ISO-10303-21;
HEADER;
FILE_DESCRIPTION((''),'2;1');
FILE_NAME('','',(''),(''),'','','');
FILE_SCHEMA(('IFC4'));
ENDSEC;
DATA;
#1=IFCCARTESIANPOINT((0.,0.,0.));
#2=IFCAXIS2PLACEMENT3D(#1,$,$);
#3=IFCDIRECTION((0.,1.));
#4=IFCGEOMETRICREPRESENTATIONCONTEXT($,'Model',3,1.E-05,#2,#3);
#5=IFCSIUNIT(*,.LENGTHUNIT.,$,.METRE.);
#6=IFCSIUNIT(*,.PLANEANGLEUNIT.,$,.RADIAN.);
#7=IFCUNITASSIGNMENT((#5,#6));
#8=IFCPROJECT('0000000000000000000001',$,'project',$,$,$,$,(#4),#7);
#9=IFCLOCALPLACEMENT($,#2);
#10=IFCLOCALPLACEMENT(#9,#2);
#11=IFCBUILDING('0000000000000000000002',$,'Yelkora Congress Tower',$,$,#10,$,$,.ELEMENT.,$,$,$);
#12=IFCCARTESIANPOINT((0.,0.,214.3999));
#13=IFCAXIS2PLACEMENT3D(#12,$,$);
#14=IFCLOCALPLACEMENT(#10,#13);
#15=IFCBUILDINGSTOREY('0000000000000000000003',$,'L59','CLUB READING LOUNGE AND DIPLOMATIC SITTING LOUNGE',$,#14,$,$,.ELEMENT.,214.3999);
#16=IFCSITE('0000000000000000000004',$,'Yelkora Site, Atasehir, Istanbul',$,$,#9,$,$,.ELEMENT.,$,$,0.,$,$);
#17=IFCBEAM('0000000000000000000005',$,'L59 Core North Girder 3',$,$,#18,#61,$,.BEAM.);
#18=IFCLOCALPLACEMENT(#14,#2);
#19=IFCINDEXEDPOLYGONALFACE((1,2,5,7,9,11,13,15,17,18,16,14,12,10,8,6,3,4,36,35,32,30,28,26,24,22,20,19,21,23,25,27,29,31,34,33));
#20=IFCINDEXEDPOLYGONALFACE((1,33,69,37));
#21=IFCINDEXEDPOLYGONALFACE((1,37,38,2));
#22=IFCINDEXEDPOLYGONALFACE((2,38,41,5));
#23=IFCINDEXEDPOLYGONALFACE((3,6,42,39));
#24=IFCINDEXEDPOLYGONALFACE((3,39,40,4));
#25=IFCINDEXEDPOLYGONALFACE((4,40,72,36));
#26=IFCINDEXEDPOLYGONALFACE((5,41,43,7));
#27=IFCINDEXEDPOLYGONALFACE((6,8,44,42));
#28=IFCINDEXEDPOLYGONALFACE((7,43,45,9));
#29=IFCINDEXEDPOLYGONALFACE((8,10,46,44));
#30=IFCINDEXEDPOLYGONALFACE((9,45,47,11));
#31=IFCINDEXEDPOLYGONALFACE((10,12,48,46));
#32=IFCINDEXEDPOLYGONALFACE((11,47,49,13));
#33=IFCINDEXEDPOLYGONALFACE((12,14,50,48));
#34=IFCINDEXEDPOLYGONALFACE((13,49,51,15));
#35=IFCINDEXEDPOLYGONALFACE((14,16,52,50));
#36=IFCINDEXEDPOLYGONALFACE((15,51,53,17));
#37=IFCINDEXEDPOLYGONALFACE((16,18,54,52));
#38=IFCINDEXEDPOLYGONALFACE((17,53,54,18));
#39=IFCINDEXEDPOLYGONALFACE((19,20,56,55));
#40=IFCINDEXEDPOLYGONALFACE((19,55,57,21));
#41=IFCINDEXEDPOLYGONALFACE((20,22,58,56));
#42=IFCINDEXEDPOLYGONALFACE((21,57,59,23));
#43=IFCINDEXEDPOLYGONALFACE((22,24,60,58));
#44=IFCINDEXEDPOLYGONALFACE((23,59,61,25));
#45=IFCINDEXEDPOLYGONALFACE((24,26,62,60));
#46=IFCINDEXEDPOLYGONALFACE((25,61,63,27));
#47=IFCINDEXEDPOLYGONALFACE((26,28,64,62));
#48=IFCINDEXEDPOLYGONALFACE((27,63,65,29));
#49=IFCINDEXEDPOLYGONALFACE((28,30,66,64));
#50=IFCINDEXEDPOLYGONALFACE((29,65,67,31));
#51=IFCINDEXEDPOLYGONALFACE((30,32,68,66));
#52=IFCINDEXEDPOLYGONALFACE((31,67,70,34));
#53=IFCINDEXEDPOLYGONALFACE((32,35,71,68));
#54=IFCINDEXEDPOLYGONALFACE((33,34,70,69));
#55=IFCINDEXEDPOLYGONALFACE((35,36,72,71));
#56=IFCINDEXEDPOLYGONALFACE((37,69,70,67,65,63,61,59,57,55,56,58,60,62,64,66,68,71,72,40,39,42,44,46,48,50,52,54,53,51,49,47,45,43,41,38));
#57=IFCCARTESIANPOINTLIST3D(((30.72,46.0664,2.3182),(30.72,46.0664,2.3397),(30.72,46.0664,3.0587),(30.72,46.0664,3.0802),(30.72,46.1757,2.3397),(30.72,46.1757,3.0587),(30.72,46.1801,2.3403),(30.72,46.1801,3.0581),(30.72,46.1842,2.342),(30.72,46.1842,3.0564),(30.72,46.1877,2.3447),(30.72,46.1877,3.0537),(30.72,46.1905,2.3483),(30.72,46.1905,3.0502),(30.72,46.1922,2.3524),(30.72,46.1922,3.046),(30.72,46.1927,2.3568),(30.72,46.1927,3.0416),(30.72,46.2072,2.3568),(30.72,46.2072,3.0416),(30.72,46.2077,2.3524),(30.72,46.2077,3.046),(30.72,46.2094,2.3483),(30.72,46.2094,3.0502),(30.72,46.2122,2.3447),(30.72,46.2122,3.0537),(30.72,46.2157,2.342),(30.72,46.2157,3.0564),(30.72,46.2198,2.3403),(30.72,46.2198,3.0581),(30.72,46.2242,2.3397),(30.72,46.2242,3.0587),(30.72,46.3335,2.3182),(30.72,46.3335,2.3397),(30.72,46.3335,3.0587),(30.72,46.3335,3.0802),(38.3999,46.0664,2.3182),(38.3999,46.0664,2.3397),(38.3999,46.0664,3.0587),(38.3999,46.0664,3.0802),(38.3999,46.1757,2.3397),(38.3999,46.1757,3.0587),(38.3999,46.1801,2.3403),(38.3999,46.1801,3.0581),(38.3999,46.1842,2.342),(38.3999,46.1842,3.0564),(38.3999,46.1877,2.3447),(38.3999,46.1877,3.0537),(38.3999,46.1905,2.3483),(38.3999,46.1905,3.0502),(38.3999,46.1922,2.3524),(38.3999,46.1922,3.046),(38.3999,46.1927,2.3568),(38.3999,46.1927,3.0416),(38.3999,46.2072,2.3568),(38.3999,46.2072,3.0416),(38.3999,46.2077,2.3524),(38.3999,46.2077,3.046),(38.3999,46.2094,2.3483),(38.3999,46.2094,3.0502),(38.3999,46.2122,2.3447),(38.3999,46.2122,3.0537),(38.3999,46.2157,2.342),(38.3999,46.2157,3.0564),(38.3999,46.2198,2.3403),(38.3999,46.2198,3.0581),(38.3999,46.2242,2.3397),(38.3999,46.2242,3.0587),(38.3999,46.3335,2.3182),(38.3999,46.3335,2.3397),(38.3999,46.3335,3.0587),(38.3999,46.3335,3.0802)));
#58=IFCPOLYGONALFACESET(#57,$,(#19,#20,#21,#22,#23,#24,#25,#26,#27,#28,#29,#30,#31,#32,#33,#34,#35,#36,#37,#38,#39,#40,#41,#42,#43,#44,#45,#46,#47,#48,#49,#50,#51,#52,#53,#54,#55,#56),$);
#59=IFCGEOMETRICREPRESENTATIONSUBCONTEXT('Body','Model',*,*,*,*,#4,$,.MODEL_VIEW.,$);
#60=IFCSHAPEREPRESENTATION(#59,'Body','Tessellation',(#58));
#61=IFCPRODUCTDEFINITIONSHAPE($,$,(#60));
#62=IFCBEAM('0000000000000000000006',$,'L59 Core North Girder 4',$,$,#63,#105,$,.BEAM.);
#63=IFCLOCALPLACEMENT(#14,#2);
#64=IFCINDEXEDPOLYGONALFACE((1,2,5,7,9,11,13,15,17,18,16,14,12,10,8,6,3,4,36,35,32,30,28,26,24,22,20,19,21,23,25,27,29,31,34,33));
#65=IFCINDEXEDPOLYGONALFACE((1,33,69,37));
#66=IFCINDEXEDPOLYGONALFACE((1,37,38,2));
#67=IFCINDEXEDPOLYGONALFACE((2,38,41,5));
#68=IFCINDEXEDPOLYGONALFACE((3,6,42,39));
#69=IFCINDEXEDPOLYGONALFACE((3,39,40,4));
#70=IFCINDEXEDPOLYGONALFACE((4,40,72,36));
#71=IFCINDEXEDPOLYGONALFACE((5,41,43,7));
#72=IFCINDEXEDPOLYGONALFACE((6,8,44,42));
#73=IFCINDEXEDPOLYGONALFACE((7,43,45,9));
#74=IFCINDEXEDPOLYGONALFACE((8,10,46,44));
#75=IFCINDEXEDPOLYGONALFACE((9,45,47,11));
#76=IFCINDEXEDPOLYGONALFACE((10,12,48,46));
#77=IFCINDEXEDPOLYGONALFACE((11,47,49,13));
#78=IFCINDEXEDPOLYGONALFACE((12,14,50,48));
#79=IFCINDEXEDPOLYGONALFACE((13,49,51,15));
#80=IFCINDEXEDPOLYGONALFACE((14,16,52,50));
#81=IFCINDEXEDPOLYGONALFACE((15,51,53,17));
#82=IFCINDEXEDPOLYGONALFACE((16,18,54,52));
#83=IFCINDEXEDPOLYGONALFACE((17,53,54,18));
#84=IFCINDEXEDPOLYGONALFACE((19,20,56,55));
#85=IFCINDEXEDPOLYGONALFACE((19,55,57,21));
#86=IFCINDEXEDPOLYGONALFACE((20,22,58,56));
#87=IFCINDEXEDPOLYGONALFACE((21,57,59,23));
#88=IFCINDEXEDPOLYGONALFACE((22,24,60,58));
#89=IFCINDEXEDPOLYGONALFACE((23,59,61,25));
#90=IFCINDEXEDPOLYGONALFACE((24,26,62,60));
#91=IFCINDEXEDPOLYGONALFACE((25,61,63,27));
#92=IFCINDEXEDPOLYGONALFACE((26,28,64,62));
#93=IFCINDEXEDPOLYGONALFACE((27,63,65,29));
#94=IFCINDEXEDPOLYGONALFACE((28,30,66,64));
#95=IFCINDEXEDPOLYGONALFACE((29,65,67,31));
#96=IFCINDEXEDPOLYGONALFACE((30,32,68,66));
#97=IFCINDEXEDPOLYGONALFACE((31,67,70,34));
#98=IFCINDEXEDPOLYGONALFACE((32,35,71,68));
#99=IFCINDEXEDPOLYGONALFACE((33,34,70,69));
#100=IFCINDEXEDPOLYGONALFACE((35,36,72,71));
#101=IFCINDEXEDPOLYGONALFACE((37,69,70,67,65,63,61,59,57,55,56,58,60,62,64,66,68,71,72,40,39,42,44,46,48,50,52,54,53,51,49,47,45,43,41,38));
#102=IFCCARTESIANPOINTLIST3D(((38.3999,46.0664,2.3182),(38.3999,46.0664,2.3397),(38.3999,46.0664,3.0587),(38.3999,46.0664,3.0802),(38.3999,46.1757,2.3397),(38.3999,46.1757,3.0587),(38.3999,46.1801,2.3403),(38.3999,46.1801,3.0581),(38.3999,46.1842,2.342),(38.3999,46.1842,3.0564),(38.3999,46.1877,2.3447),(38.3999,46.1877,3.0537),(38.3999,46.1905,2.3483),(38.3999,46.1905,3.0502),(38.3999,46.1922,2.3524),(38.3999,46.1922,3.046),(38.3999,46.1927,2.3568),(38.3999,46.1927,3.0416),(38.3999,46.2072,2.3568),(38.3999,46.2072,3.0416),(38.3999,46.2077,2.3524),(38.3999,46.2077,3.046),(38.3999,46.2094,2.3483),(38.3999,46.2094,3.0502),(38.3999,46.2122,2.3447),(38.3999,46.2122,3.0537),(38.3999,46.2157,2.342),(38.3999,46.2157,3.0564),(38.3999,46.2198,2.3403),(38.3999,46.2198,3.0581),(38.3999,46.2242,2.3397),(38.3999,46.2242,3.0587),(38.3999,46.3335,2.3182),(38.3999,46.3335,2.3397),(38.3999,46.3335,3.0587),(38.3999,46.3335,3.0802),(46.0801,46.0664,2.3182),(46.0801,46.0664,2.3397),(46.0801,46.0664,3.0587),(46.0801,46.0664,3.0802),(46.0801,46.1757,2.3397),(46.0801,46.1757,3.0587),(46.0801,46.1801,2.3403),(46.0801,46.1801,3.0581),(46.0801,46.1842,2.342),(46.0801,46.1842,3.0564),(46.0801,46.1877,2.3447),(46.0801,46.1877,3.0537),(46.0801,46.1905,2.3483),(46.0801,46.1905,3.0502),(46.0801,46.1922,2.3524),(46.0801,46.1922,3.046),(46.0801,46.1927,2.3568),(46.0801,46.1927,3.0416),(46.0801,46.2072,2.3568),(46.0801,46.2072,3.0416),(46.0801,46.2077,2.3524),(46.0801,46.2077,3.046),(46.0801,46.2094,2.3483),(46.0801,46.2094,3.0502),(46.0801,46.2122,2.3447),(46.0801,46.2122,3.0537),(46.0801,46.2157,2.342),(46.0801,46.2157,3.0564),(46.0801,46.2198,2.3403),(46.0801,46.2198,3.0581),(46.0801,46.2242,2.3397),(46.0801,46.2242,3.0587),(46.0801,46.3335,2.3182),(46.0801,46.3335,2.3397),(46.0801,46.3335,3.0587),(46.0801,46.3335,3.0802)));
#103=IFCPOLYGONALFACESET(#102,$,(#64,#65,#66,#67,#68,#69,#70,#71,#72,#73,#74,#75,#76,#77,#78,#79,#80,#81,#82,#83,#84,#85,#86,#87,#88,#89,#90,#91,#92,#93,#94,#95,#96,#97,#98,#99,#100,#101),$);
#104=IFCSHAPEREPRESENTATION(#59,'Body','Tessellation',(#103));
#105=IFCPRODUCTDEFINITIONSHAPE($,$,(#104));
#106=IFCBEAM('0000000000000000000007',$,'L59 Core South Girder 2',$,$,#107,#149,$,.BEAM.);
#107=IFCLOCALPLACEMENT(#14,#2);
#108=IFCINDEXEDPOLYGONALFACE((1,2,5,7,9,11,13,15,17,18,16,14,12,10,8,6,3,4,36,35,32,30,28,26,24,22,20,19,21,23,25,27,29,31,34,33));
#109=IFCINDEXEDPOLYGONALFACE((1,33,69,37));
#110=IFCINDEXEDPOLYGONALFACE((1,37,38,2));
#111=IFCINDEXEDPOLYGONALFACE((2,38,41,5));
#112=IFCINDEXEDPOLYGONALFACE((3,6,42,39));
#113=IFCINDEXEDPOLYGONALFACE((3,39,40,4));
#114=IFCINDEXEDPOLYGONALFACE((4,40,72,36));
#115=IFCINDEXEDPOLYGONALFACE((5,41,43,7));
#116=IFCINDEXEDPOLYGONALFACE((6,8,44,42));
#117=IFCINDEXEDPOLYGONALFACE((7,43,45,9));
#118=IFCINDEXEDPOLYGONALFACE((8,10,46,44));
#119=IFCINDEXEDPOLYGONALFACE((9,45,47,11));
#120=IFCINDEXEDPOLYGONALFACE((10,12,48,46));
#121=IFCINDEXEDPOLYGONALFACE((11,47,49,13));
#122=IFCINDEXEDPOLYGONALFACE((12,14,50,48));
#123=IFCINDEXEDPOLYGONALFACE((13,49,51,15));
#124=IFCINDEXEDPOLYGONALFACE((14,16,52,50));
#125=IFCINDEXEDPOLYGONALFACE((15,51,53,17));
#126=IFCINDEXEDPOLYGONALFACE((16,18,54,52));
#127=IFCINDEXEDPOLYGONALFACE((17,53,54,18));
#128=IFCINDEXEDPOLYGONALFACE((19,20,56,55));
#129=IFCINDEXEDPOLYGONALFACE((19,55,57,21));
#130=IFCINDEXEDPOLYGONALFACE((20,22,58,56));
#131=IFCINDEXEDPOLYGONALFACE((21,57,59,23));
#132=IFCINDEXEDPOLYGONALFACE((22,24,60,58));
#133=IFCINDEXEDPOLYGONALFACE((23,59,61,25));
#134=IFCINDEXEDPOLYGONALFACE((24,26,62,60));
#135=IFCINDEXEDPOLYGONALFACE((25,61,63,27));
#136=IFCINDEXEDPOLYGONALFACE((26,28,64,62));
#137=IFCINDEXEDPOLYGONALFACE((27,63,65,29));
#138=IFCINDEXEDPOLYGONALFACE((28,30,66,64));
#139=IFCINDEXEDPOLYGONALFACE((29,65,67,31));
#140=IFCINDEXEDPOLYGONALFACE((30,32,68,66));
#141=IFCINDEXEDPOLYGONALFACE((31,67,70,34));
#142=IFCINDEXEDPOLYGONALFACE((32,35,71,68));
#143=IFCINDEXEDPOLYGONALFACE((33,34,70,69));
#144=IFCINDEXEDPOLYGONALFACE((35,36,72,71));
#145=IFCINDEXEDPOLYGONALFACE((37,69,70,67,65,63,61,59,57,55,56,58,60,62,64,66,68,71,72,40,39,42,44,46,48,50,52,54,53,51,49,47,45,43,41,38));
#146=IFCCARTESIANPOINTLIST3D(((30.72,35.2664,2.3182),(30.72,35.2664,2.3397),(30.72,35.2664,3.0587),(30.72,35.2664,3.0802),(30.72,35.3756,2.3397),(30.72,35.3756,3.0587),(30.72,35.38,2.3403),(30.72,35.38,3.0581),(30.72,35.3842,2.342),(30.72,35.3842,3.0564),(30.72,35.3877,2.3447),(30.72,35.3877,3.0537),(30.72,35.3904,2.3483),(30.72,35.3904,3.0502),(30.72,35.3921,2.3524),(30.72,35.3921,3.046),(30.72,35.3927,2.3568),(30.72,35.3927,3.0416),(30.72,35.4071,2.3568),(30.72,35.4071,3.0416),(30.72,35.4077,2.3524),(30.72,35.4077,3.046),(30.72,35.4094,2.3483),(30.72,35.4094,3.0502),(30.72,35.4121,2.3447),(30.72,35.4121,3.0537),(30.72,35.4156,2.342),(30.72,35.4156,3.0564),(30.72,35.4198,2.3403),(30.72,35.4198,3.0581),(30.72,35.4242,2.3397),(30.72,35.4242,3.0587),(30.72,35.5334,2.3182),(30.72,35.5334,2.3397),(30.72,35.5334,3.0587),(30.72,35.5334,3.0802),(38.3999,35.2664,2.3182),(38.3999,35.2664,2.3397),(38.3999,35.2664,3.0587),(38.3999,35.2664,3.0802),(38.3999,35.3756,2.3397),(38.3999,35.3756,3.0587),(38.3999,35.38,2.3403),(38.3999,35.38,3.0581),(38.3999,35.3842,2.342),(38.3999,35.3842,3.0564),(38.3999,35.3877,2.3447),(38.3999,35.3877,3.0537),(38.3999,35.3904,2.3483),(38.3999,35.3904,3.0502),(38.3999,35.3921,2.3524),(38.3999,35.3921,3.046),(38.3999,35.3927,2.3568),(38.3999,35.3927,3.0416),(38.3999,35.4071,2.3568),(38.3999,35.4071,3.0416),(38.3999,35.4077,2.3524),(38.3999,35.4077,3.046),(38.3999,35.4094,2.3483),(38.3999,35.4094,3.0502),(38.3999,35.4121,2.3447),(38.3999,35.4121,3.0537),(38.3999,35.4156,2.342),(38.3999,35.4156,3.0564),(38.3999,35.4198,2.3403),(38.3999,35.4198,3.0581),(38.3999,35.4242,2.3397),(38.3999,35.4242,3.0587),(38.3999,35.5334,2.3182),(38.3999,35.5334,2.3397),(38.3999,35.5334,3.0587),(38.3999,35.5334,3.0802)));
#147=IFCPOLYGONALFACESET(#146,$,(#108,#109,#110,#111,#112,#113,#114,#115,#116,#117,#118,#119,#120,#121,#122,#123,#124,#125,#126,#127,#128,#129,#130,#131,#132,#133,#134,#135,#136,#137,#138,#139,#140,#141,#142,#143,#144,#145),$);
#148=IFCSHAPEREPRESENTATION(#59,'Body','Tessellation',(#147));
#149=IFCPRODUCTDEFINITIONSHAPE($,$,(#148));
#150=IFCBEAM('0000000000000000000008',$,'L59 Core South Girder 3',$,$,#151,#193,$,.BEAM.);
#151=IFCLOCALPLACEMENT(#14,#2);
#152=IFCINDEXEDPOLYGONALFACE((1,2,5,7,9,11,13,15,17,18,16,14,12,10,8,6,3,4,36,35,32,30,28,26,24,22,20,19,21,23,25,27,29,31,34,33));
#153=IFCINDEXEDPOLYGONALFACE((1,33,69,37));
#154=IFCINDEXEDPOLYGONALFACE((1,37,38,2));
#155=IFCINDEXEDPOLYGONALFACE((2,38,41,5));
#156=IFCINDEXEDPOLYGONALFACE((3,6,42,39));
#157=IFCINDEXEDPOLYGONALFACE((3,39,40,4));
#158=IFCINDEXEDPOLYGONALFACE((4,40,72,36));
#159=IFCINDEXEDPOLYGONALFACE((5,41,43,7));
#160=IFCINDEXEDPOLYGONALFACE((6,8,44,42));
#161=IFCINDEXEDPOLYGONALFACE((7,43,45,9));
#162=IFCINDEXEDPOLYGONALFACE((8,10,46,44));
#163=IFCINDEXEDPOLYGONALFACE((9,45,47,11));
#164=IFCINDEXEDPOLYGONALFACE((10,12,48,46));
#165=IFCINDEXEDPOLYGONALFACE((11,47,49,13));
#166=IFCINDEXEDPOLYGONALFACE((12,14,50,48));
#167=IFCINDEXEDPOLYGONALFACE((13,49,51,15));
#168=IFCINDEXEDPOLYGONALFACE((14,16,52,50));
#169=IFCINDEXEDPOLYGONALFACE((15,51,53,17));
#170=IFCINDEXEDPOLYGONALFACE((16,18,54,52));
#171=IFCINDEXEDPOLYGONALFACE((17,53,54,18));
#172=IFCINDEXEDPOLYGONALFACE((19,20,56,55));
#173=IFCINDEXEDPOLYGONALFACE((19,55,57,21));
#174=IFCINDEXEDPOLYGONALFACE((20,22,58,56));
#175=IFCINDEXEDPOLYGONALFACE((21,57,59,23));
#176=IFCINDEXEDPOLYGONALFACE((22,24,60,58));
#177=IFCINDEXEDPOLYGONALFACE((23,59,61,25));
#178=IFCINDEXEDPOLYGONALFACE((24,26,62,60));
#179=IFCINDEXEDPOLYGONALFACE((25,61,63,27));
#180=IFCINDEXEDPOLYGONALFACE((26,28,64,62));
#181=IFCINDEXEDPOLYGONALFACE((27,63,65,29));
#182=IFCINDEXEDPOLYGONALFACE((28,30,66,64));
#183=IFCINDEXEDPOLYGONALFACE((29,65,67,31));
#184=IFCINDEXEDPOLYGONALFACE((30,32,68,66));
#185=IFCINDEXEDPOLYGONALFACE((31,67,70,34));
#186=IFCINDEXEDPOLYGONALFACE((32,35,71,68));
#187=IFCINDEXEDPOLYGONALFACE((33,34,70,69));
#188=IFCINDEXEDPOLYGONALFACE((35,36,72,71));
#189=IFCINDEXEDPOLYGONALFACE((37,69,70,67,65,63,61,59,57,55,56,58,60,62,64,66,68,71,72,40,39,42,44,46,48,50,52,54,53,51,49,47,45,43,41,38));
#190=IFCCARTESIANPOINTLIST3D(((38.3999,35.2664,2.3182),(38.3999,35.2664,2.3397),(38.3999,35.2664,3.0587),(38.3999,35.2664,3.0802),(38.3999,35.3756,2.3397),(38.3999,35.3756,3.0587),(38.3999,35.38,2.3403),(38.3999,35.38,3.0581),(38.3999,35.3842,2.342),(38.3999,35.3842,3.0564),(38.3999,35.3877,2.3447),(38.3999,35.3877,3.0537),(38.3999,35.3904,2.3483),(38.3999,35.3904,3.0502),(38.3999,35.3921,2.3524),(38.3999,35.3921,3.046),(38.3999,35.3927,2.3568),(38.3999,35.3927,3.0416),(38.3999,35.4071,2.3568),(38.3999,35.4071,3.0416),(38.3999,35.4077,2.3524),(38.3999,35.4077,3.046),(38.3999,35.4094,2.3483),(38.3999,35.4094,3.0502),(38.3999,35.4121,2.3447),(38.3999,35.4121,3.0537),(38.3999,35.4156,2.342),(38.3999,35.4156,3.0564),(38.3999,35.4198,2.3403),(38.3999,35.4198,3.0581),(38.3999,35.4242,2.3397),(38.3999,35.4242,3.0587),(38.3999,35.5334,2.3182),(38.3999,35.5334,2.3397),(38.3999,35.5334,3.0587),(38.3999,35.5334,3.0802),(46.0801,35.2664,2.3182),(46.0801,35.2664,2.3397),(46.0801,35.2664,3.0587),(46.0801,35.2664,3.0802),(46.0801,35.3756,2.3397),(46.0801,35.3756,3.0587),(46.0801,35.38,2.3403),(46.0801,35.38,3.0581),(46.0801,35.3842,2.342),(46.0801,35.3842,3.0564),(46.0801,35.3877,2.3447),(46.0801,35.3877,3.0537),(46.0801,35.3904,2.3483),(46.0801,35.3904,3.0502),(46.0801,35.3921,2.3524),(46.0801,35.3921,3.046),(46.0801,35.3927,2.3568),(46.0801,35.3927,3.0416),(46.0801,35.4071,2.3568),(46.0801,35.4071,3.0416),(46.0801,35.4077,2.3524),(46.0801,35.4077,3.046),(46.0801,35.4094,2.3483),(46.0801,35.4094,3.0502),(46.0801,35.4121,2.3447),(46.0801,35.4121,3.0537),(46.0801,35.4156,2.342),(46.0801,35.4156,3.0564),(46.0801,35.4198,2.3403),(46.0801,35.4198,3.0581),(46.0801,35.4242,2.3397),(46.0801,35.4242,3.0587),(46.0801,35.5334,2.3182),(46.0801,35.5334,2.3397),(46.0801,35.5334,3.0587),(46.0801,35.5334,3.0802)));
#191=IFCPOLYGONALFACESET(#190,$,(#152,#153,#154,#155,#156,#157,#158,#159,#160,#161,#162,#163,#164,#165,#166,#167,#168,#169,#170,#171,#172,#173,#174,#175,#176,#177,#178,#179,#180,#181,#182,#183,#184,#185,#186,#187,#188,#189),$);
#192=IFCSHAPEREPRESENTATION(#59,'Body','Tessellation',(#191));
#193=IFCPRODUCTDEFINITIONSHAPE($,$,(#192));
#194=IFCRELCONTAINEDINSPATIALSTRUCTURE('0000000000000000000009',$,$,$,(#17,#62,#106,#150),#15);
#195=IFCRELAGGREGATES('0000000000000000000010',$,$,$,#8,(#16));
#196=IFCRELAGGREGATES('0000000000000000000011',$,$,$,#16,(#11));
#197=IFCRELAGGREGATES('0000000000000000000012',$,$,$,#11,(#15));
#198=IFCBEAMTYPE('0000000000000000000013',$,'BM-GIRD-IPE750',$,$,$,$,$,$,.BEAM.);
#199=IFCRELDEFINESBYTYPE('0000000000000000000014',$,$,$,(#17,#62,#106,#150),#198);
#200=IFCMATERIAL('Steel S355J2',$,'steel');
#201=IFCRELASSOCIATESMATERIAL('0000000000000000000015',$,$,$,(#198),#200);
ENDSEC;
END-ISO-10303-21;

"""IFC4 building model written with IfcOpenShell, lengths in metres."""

from ifc_helpers import new_model, si_unit, direction, frame, origin, origin_2d, place, context, subcontext, project, spatial, i_section, extrude, material, material_profile, profile_set, type_object, element, save


model = new_model("IFC4")

# Units and contexts
model_context = context("Model", 3, precision=1e-05, world=origin(), true_north=direction((0.0, 1.0)))
body_context = subcontext(model_context, "Body", "Model", "MODEL_VIEW")
ifc_project = project(units=[si_unit("LENGTHUNIT", "METRE"), si_unit("PLANEANGLEUNIT", "RADIAN")], contexts=[model_context])

# Site, building, storey
site_placement = place(None, origin())
site = spatial("IfcSite", under=ifc_project, at=site_placement, Name="Yelkora Site, Atasehir, Istanbul", CompositionType="ELEMENT", RefElevation=0.0)
building_placement = place(site_placement, origin())
building = spatial("IfcBuilding", under=site, at=building_placement, Name="Yelkora Congress Tower", CompositionType="ELEMENT")
storey_placement = place(building_placement, frame((0.0, 0.0, 214.3999)))
storey = spatial("IfcBuildingStorey", under=building, at=storey_placement, Name="L59", Description="CLUB READING LOUNGE AND DIPLOMATIC SITTING LOUNGE", CompositionType="ELEMENT", Elevation=214.3999)

# Beams
ifc_material_1 = material(Name="Steel S355J2", Category="steel")
ifc_material_profile_1 = material_profile(ifc_material_1, i_section(OverallWidth=0.2671, OverallDepth=0.762, WebThickness=0.0144, FlangeThickness=0.0215, FilletRadius=0.0171, at=origin_2d()), Name="IPE 750x173")
ifc_profile_set_1 = profile_set([ifc_material_profile_1], Name="Steel S355J2")
beam_type = type_object("IfcBeamType", Name="BM-GIRD-IPE750", PredefinedType="BEAM", material=ifc_profile_set_1)
beam_1_placement = place(storey_placement, frame((30.72, 46.2, 2.6992), z_axis=(1.0, 0.0, 0.0), x_axis=(0.0, 1.0, 0.0)))
element("IfcBeam", 1, at=beam_1_placement, inside=storey, type_object=beam_type, Name="L59 Core North Girder 3", PredefinedType="BEAM", context=body_context, shape_type="SweptSolid", body=[
    extrude(i_section(OverallWidth=0.2671, OverallDepth=0.762, WebThickness=0.0144, FlangeThickness=0.0215, FilletRadius=0.0171, at=origin_2d()), origin(), (0.0, 0.0, 1.0), 7.6799),
])
beam_2_placement = place(storey_placement, frame((38.3999, 46.2, 2.6992), z_axis=(1.0, 0.0, 0.0), x_axis=(0.0, 1.0, 0.0)))
element("IfcBeam", 2, at=beam_2_placement, inside=storey, type_object=beam_type, Name="L59 Core North Girder 4", PredefinedType="BEAM", context=body_context, shape_type="SweptSolid", body=[
    extrude(i_section(OverallWidth=0.2671, OverallDepth=0.762, WebThickness=0.0144, FlangeThickness=0.0215, FilletRadius=0.0171, at=origin_2d()), origin(), (0.0, 0.0, 1.0), 7.6802),
])
beam_3_placement = place(storey_placement, frame((30.72, 35.3999, 2.6992), z_axis=(1.0, 0.0, 0.0), x_axis=(0.0, 1.0, 0.0)))
element("IfcBeam", 3, at=beam_3_placement, inside=storey, type_object=beam_type, Name="L59 Core South Girder 2", PredefinedType="BEAM", context=body_context, shape_type="SweptSolid", body=[
    extrude(i_section(OverallWidth=0.2671, OverallDepth=0.762, WebThickness=0.0144, FlangeThickness=0.0215, FilletRadius=0.0171, at=origin_2d()), origin(), (0.0, 0.0, 1.0), 7.6799),
])
beam_4_placement = place(storey_placement, frame((38.3999, 35.3999, 2.6992), z_axis=(1.0, 0.0, 0.0), x_axis=(0.0, 1.0, 0.0)))
element("IfcBeam", 4, at=beam_4_placement, inside=storey, type_object=beam_type, Name="L59 Core South Girder 3", PredefinedType="BEAM", context=body_context, shape_type="SweptSolid", body=[
    extrude(i_section(OverallWidth=0.2671, OverallDepth=0.762, WebThickness=0.0144, FlangeThickness=0.0215, FilletRadius=0.0171, at=origin_2d()), origin(), (0.0, 0.0, 1.0), 7.6802),
])

save(model, "model.ifc")
